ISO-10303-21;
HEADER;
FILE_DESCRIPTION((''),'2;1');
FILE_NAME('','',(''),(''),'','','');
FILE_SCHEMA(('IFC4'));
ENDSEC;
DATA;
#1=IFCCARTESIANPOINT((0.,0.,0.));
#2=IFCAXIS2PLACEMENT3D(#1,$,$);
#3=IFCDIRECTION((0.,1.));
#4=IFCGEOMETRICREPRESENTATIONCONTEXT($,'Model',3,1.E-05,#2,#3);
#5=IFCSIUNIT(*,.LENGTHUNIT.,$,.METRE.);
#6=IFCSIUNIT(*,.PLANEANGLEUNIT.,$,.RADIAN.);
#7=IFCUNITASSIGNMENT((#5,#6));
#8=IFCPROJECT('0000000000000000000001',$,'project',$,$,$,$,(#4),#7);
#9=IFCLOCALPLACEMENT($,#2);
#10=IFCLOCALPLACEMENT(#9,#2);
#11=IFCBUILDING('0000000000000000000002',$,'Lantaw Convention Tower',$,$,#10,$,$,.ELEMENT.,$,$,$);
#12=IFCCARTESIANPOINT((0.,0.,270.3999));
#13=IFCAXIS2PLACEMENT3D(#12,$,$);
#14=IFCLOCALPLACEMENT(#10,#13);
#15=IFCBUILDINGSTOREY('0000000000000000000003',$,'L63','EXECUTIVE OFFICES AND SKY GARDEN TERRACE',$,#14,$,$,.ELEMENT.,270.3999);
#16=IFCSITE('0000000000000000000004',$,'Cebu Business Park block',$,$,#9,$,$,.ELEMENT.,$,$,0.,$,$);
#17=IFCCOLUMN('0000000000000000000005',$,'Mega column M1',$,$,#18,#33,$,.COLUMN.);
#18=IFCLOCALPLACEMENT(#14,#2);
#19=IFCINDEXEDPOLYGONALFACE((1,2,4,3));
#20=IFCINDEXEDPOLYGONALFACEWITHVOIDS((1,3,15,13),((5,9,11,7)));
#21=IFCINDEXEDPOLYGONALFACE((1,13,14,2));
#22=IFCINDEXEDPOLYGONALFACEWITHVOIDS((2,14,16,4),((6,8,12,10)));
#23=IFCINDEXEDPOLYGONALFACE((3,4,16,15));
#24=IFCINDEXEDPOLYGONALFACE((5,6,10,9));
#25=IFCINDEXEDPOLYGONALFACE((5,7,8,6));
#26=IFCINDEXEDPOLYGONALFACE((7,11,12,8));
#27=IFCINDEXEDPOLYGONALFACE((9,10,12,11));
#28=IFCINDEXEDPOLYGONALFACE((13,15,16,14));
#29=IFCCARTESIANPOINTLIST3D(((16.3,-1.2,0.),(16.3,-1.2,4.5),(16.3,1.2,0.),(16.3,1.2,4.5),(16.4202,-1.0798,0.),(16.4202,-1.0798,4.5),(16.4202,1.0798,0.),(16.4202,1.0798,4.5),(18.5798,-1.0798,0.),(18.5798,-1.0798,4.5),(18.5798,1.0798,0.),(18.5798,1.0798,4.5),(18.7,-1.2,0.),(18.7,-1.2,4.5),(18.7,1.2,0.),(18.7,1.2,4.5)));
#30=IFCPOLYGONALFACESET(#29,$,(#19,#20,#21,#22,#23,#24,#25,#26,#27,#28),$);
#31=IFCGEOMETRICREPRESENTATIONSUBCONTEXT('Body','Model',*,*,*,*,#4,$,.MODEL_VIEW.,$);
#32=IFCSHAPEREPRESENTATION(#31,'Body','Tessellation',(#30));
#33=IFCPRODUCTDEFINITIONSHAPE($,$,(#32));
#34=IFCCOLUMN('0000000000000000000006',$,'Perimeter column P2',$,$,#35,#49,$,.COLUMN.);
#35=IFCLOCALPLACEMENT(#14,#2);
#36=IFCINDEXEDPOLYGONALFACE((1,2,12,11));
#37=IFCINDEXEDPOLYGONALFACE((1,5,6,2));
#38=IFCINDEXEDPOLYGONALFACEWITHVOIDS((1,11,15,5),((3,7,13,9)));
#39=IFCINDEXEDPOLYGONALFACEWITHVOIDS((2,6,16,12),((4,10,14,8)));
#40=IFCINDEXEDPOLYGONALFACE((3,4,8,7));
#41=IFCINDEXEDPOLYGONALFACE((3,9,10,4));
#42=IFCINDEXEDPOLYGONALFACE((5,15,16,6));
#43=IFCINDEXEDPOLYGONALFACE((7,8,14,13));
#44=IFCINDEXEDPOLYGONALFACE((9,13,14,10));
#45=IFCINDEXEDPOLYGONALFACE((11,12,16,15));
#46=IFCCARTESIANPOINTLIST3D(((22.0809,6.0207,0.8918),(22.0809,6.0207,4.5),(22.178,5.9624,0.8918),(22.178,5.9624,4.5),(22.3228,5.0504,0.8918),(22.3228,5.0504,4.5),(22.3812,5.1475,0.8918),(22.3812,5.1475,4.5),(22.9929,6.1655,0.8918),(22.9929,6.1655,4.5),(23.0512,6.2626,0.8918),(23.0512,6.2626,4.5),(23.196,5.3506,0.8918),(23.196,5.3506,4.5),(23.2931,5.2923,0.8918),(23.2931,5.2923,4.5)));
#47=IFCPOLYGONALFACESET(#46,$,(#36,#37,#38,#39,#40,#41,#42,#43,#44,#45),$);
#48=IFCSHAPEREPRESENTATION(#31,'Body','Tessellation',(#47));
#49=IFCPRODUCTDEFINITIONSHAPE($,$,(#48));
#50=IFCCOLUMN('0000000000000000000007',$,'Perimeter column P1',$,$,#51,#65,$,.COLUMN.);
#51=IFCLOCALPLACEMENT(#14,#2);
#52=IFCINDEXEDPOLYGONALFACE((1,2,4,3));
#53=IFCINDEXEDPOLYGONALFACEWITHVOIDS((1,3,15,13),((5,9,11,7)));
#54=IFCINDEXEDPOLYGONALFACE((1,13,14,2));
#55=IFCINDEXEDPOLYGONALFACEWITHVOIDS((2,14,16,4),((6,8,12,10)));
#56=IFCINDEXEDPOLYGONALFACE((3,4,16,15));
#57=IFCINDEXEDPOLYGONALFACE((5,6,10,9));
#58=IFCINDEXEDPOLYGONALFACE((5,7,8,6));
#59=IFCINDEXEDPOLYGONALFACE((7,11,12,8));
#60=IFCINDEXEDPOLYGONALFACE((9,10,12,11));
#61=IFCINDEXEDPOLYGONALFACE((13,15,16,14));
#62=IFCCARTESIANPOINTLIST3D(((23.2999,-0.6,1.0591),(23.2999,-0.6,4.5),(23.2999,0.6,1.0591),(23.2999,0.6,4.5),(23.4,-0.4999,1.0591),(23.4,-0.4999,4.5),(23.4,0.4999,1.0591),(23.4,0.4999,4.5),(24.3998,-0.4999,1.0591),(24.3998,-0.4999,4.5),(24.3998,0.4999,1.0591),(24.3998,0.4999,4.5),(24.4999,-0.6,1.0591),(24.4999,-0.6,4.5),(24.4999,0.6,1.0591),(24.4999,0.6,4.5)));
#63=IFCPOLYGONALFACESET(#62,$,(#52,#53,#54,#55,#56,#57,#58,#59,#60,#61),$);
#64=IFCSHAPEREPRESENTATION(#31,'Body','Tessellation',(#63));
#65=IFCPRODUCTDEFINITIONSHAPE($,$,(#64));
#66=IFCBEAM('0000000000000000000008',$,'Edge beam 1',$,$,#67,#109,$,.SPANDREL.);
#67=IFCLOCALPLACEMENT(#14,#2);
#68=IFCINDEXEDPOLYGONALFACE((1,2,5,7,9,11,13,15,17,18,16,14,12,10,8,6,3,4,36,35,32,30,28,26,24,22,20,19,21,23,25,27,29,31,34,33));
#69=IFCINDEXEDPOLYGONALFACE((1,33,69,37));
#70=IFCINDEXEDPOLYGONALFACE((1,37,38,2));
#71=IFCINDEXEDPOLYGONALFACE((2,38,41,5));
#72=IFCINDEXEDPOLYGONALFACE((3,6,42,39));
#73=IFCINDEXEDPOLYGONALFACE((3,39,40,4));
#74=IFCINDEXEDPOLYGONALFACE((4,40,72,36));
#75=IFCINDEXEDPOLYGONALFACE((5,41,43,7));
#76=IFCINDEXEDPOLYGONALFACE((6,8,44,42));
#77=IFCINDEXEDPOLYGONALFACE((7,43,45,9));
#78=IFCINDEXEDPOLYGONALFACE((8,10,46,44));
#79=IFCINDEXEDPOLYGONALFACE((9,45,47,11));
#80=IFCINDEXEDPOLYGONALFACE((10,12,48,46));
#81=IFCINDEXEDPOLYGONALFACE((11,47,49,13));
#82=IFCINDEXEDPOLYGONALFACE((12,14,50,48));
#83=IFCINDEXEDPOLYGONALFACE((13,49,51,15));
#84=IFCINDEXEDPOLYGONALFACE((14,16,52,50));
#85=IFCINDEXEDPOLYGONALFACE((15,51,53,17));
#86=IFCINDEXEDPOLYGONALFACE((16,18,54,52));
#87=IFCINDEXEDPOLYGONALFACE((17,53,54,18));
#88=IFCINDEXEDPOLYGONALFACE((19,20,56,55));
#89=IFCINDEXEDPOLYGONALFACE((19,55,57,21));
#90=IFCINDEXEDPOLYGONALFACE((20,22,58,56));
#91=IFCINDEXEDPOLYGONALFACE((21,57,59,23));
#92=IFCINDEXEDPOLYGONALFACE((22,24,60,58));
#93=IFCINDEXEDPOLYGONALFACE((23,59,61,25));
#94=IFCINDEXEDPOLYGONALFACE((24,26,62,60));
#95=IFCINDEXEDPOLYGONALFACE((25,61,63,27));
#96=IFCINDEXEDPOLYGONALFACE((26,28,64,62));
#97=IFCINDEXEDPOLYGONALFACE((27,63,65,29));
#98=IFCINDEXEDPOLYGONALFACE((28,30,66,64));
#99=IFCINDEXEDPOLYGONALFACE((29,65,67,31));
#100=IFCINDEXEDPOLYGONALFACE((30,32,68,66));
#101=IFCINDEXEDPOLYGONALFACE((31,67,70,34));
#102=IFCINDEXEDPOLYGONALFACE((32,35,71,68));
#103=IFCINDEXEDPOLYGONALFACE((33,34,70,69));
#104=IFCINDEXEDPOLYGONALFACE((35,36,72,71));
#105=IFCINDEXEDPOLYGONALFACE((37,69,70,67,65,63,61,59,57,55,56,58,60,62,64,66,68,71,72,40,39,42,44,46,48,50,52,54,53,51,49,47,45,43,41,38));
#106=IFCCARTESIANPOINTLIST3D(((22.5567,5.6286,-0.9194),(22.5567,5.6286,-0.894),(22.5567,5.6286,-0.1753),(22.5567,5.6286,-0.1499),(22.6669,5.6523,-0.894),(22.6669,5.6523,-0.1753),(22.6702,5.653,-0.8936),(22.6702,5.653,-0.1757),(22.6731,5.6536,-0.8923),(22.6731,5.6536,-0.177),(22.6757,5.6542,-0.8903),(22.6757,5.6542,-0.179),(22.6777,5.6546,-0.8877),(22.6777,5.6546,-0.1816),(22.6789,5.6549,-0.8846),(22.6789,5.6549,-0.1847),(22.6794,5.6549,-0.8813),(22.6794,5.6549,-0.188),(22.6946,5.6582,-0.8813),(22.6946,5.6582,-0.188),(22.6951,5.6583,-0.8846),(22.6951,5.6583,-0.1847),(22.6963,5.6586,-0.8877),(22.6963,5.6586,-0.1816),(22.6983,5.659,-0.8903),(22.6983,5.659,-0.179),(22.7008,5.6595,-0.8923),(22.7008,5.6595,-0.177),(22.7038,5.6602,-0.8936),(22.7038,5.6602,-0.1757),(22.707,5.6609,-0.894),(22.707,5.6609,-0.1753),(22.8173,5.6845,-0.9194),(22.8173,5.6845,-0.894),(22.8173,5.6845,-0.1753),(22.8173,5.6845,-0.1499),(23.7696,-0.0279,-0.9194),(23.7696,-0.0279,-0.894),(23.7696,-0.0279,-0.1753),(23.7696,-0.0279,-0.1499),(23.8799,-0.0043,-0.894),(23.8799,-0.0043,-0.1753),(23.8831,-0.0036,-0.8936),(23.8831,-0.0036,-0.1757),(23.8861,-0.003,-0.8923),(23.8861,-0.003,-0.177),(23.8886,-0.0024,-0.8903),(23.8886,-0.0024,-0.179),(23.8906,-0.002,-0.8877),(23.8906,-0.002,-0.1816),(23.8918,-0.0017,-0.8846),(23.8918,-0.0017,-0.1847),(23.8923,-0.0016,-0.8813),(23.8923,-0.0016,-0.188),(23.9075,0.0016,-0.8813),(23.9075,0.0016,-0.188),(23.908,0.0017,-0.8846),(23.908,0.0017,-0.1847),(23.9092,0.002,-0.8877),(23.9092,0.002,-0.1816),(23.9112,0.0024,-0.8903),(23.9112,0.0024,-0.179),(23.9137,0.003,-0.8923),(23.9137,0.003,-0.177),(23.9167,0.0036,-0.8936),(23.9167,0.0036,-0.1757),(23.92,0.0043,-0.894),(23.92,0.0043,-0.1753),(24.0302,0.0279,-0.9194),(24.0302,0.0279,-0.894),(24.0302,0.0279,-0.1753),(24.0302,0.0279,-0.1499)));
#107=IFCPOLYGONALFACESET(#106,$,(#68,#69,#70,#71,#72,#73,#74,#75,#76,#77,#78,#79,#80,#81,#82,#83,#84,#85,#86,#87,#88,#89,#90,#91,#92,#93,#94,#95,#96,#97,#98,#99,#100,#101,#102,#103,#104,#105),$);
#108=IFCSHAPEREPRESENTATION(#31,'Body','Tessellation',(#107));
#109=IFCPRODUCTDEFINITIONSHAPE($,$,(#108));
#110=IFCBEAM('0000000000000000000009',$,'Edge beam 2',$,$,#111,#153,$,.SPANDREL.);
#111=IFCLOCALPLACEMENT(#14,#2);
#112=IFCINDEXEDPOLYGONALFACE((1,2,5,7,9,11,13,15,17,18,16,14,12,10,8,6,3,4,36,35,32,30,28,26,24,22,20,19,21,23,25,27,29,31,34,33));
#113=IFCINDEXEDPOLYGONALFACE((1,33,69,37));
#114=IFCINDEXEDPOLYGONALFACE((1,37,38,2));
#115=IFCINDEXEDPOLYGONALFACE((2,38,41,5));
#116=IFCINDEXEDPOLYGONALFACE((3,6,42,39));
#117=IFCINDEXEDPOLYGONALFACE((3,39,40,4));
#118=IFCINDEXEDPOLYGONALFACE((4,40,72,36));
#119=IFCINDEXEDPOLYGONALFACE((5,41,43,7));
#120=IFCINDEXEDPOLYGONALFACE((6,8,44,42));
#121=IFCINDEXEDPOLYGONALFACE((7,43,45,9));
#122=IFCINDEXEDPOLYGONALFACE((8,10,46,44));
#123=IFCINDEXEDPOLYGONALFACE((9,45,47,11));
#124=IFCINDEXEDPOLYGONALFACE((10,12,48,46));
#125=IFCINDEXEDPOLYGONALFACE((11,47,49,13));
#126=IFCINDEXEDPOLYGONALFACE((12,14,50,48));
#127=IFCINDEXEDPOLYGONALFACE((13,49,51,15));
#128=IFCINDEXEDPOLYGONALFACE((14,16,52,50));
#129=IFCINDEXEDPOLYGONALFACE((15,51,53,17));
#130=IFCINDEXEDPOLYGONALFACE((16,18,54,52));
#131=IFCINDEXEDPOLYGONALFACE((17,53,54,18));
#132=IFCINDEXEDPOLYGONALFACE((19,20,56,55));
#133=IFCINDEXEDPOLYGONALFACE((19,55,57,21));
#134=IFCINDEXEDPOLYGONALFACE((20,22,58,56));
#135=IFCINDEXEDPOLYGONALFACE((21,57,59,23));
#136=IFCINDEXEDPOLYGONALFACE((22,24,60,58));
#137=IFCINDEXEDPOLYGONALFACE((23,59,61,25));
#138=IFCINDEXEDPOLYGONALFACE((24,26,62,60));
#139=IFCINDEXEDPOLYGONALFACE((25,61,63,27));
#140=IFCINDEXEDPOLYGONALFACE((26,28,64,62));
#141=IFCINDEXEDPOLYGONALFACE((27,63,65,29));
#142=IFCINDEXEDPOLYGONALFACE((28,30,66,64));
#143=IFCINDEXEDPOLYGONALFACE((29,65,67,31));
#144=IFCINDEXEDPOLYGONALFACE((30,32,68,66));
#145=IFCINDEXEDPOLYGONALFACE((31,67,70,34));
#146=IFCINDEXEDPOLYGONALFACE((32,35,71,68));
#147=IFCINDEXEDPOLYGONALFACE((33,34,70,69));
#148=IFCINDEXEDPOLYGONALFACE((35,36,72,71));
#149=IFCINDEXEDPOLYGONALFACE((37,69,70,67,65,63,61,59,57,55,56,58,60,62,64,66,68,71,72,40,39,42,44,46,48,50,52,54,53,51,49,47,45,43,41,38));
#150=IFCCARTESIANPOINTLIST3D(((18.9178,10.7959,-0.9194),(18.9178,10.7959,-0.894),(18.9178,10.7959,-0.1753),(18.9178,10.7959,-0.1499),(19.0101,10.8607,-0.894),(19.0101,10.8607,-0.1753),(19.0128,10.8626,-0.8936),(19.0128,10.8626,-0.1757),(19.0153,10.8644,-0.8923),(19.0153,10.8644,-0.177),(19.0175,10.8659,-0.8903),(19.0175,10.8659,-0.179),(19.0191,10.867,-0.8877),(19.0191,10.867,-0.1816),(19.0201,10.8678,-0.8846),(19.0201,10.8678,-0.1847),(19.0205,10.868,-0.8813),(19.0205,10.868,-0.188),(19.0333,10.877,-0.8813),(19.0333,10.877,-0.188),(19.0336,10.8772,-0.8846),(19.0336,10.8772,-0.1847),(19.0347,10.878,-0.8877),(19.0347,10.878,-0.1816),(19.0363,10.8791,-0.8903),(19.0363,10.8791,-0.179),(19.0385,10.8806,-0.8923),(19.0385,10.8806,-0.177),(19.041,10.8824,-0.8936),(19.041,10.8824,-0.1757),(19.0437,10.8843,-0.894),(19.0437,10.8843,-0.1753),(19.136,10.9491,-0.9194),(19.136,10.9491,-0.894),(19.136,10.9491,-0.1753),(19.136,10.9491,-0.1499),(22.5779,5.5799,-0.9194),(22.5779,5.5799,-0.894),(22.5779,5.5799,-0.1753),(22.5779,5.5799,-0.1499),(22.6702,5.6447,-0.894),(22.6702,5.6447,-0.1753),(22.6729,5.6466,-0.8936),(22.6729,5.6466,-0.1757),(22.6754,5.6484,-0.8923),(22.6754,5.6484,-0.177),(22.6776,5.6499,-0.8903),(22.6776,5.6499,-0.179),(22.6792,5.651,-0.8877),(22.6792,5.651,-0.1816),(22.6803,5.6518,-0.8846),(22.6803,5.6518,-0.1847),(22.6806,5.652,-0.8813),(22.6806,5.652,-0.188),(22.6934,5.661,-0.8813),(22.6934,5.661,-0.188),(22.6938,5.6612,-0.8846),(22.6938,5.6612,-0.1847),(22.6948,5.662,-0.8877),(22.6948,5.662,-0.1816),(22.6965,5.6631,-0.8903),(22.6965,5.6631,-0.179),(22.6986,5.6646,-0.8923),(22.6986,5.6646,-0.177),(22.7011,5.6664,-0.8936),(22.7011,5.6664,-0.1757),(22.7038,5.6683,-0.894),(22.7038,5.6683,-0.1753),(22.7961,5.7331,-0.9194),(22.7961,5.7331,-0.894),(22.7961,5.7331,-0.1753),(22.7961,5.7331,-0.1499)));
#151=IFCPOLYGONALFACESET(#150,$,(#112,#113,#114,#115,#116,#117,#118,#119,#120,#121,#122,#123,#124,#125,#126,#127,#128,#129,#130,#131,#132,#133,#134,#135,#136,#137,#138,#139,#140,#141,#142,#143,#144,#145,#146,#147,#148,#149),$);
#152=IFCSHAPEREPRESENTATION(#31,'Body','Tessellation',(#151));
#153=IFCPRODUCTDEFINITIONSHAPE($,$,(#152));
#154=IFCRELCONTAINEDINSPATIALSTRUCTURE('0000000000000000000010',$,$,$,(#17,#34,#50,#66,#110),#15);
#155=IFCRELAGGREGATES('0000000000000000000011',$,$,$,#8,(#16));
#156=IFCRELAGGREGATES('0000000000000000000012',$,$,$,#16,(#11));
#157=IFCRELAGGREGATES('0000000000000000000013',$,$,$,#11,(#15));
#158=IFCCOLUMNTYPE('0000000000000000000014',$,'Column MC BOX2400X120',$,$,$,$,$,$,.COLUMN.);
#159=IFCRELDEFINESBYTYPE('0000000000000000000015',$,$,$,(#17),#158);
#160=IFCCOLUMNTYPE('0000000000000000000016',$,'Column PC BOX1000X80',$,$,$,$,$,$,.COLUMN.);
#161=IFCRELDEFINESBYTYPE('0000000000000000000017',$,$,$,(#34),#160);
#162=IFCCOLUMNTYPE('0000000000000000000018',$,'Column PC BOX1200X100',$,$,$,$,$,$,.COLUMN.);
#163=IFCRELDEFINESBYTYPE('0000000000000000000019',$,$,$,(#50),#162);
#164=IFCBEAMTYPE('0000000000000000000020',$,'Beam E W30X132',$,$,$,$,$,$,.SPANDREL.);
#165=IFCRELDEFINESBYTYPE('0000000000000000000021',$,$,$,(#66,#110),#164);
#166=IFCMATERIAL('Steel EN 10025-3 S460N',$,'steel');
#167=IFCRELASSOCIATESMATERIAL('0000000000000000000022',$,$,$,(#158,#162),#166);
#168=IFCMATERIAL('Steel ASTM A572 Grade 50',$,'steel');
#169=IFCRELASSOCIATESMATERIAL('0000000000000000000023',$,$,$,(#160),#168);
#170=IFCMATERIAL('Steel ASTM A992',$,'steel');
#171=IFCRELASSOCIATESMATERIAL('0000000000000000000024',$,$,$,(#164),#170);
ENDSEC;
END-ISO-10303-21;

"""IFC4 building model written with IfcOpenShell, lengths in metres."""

from ifc_helpers import new_model, si_unit, direction, frame, origin, origin_2d, place, context, subcontext, project, spatial, rectangle, hollow_rectangle, i_section, extrude, material, material_profile, profile_set, type_object, element, save


model = new_model("IFC4")

# Units and contexts
model_context = context("Model", 3, precision=1e-05, world=origin(), true_north=direction((0.0, 1.0)))
body_context = subcontext(model_context, "Body", "Model", "MODEL_VIEW")
ifc_project = project(units=[si_unit("LENGTHUNIT", "METRE"), si_unit("PLANEANGLEUNIT", "RADIAN")], contexts=[model_context])

# Site, building, storey
site_placement = place(None, origin())
site = spatial("IfcSite", under=ifc_project, at=site_placement, Name="Cebu Business Park block", CompositionType="ELEMENT", RefElevation=0.0)
building_placement = place(site_placement, origin())
building = spatial("IfcBuilding", under=site, at=building_placement, Name="Lantaw Convention Tower", CompositionType="ELEMENT")
storey_placement = place(building_placement, frame((0.0, 0.0, 270.3999)))
storey = spatial("IfcBuildingStorey", under=building, at=storey_placement, Name="L63", Description="EXECUTIVE OFFICES AND SKY GARDEN TERRACE", CompositionType="ELEMENT", Elevation=270.3999)

# Columns
ifc_material_1 = material(Name="Steel EN 10025-3 S460N", Category="steel")
ifc_material_profile_1 = material_profile(ifc_material_1, hollow_rectangle(XDim=2.3999, YDim=2.3999, WallThickness=0.1201, at=origin_2d()), Name="BOX2400X120")
ifc_material_2 = material(Name="Concrete C60/75", Category="concrete")
ifc_material_profile_2 = material_profile(ifc_material_2, rectangle(XDim=2.1599, YDim=2.1599, at=origin_2d()), Name="Concrete fill of BOX2400X120")
ifc_profile_set_1 = profile_set([ifc_material_profile_1, ifc_material_profile_2], Name="Steel EN 10025-3 S460N")
column_type_1 = type_object("IfcColumnType", Name="Column MC BOX2400X120", PredefinedType="COLUMN", material=ifc_profile_set_1)
column_1_placement = place(storey_placement, frame((17.5, 0.0, 0.0), z_axis=(0.0, 0.0, 1.0), x_axis=(1.0, 0.0, 0.0)))
element("IfcColumn", 1, at=column_1_placement, inside=storey, type_object=column_type_1, Name="Mega column M1", PredefinedType="COLUMN", context=body_context, shape_type="SweptSolid", body=[
    extrude(hollow_rectangle(XDim=2.3999, YDim=2.3999, WallThickness=0.1201, at=origin_2d()), origin(), (0.0, 0.0, 1.0), 4.5),
])
ifc_material_3 = material(Name="Steel ASTM A572 Grade 50", Category="steel")
ifc_material_profile_3 = material_profile(ifc_material_3, hollow_rectangle(XDim=1.0, YDim=1.0, WallThickness=0.0801, at=origin_2d()), Name="BOX1000X80")
ifc_material_profile_4 = material_profile(ifc_material_2, rectangle(XDim=0.8401, YDim=0.8401, at=origin_2d()), Name="Concrete fill of BOX1000X80")
ifc_profile_set_2 = profile_set([ifc_material_profile_3, ifc_material_profile_4], Name="Steel ASTM A572 Grade 50")
column_type_2 = type_object("IfcColumnType", Name="Column PC BOX1000X80", PredefinedType="COLUMN", material=ifc_profile_set_2)
column_2_placement = place(storey_placement, frame((22.687, 5.6565, 0.8918), z_axis=(0.0, 0.0, 1.0), x_axis=(0.970296, 0.241922, 0.0)))
element("IfcColumn", 2, at=column_2_placement, inside=storey, type_object=column_type_2, Name="Perimeter column P2", PredefinedType="COLUMN", context=body_context, shape_type="SweptSolid", body=[
    extrude(hollow_rectangle(XDim=1.0, YDim=1.0, WallThickness=0.0801, at=origin_2d()), origin(), (0.0, 0.0, 1.0), 3.6082),
])
ifc_material_profile_5 = material_profile(ifc_material_1, hollow_rectangle(XDim=1.2, YDim=1.2, WallThickness=0.1001, at=origin_2d()), Name="BOX1200X100")
ifc_material_profile_6 = material_profile(ifc_material_2, rectangle(XDim=1.0, YDim=1.0, at=origin_2d()), Name="Concrete fill of BOX1200X100")
ifc_profile_set_3 = profile_set([ifc_material_profile_5, ifc_material_profile_6], Name="Steel EN 10025-3 S460N")
column_type_3 = type_object("IfcColumnType", Name="Column PC BOX1200X100", PredefinedType="COLUMN", material=ifc_profile_set_3)
column_3_placement = place(storey_placement, frame((23.8999, 0.0, 1.0591), z_axis=(0.0, 0.0, 1.0), x_axis=(1.0, 0.0, 0.0)))
element("IfcColumn", 3, at=column_3_placement, inside=storey, type_object=column_type_3, Name="Perimeter column P1", PredefinedType="COLUMN", context=body_context, shape_type="SweptSolid", body=[
    extrude(hollow_rectangle(XDim=1.2, YDim=1.2, WallThickness=0.1001, at=origin_2d()), origin(), (0.0, 0.0, 1.0), 3.4409),
])

# Beams
ifc_material_4 = material(Name="Steel ASTM A992", Category="steel")
ifc_material_profile_7 = material_profile(ifc_material_4, i_section(OverallWidth=0.2666, OverallDepth=0.7695, WebThickness=0.0156, FlangeThickness=0.0254, FilletRadius=0.0127, at=origin_2d()), Name="W30X132")
ifc_profile_set_4 = profile_set([ifc_material_profile_7], Name="Steel ASTM A992")
beam_type_1 = type_object("IfcBeamType", Name="Beam E W30X132", PredefinedType="SPANDREL", material=ifc_profile_set_4)
beam_1_placement = place(storey_placement, frame((23.8999, 0.0, -0.5347), z_axis=(-0.209659, 0.977775, 0.0), x_axis=(-0.977775, -0.209659, 0.0)))
element("IfcBeam", 4, at=beam_1_placement, inside=storey, type_object=beam_type_1, Name="Edge beam 1", PredefinedType="SPANDREL", context=body_context, shape_type="SweptSolid", body=[
    extrude(i_section(OverallWidth=0.2666, OverallDepth=0.7695, WebThickness=0.0156, FlangeThickness=0.0254, FilletRadius=0.0127, at=origin_2d()), origin(), (0.0, 0.0, 1.0), 5.7852),
])
beam_2_placement = place(storey_placement, frame((22.687, 5.6565, -0.5347), z_axis=(-0.574401, 0.818574, 0.0), x_axis=(-0.818574, -0.574401, 0.0)))
element("IfcBeam", 5, at=beam_2_placement, inside=storey, type_object=beam_type_1, Name="Edge beam 2", PredefinedType="SPANDREL", context=body_context, shape_type="SweptSolid", body=[
    extrude(i_section(OverallWidth=0.2666, OverallDepth=0.7695, WebThickness=0.0156, FlangeThickness=0.0254, FilletRadius=0.0127, at=origin_2d()), origin(), (0.0, 0.0, 1.0), 6.3721),
])

save(model, "model.ifc")
